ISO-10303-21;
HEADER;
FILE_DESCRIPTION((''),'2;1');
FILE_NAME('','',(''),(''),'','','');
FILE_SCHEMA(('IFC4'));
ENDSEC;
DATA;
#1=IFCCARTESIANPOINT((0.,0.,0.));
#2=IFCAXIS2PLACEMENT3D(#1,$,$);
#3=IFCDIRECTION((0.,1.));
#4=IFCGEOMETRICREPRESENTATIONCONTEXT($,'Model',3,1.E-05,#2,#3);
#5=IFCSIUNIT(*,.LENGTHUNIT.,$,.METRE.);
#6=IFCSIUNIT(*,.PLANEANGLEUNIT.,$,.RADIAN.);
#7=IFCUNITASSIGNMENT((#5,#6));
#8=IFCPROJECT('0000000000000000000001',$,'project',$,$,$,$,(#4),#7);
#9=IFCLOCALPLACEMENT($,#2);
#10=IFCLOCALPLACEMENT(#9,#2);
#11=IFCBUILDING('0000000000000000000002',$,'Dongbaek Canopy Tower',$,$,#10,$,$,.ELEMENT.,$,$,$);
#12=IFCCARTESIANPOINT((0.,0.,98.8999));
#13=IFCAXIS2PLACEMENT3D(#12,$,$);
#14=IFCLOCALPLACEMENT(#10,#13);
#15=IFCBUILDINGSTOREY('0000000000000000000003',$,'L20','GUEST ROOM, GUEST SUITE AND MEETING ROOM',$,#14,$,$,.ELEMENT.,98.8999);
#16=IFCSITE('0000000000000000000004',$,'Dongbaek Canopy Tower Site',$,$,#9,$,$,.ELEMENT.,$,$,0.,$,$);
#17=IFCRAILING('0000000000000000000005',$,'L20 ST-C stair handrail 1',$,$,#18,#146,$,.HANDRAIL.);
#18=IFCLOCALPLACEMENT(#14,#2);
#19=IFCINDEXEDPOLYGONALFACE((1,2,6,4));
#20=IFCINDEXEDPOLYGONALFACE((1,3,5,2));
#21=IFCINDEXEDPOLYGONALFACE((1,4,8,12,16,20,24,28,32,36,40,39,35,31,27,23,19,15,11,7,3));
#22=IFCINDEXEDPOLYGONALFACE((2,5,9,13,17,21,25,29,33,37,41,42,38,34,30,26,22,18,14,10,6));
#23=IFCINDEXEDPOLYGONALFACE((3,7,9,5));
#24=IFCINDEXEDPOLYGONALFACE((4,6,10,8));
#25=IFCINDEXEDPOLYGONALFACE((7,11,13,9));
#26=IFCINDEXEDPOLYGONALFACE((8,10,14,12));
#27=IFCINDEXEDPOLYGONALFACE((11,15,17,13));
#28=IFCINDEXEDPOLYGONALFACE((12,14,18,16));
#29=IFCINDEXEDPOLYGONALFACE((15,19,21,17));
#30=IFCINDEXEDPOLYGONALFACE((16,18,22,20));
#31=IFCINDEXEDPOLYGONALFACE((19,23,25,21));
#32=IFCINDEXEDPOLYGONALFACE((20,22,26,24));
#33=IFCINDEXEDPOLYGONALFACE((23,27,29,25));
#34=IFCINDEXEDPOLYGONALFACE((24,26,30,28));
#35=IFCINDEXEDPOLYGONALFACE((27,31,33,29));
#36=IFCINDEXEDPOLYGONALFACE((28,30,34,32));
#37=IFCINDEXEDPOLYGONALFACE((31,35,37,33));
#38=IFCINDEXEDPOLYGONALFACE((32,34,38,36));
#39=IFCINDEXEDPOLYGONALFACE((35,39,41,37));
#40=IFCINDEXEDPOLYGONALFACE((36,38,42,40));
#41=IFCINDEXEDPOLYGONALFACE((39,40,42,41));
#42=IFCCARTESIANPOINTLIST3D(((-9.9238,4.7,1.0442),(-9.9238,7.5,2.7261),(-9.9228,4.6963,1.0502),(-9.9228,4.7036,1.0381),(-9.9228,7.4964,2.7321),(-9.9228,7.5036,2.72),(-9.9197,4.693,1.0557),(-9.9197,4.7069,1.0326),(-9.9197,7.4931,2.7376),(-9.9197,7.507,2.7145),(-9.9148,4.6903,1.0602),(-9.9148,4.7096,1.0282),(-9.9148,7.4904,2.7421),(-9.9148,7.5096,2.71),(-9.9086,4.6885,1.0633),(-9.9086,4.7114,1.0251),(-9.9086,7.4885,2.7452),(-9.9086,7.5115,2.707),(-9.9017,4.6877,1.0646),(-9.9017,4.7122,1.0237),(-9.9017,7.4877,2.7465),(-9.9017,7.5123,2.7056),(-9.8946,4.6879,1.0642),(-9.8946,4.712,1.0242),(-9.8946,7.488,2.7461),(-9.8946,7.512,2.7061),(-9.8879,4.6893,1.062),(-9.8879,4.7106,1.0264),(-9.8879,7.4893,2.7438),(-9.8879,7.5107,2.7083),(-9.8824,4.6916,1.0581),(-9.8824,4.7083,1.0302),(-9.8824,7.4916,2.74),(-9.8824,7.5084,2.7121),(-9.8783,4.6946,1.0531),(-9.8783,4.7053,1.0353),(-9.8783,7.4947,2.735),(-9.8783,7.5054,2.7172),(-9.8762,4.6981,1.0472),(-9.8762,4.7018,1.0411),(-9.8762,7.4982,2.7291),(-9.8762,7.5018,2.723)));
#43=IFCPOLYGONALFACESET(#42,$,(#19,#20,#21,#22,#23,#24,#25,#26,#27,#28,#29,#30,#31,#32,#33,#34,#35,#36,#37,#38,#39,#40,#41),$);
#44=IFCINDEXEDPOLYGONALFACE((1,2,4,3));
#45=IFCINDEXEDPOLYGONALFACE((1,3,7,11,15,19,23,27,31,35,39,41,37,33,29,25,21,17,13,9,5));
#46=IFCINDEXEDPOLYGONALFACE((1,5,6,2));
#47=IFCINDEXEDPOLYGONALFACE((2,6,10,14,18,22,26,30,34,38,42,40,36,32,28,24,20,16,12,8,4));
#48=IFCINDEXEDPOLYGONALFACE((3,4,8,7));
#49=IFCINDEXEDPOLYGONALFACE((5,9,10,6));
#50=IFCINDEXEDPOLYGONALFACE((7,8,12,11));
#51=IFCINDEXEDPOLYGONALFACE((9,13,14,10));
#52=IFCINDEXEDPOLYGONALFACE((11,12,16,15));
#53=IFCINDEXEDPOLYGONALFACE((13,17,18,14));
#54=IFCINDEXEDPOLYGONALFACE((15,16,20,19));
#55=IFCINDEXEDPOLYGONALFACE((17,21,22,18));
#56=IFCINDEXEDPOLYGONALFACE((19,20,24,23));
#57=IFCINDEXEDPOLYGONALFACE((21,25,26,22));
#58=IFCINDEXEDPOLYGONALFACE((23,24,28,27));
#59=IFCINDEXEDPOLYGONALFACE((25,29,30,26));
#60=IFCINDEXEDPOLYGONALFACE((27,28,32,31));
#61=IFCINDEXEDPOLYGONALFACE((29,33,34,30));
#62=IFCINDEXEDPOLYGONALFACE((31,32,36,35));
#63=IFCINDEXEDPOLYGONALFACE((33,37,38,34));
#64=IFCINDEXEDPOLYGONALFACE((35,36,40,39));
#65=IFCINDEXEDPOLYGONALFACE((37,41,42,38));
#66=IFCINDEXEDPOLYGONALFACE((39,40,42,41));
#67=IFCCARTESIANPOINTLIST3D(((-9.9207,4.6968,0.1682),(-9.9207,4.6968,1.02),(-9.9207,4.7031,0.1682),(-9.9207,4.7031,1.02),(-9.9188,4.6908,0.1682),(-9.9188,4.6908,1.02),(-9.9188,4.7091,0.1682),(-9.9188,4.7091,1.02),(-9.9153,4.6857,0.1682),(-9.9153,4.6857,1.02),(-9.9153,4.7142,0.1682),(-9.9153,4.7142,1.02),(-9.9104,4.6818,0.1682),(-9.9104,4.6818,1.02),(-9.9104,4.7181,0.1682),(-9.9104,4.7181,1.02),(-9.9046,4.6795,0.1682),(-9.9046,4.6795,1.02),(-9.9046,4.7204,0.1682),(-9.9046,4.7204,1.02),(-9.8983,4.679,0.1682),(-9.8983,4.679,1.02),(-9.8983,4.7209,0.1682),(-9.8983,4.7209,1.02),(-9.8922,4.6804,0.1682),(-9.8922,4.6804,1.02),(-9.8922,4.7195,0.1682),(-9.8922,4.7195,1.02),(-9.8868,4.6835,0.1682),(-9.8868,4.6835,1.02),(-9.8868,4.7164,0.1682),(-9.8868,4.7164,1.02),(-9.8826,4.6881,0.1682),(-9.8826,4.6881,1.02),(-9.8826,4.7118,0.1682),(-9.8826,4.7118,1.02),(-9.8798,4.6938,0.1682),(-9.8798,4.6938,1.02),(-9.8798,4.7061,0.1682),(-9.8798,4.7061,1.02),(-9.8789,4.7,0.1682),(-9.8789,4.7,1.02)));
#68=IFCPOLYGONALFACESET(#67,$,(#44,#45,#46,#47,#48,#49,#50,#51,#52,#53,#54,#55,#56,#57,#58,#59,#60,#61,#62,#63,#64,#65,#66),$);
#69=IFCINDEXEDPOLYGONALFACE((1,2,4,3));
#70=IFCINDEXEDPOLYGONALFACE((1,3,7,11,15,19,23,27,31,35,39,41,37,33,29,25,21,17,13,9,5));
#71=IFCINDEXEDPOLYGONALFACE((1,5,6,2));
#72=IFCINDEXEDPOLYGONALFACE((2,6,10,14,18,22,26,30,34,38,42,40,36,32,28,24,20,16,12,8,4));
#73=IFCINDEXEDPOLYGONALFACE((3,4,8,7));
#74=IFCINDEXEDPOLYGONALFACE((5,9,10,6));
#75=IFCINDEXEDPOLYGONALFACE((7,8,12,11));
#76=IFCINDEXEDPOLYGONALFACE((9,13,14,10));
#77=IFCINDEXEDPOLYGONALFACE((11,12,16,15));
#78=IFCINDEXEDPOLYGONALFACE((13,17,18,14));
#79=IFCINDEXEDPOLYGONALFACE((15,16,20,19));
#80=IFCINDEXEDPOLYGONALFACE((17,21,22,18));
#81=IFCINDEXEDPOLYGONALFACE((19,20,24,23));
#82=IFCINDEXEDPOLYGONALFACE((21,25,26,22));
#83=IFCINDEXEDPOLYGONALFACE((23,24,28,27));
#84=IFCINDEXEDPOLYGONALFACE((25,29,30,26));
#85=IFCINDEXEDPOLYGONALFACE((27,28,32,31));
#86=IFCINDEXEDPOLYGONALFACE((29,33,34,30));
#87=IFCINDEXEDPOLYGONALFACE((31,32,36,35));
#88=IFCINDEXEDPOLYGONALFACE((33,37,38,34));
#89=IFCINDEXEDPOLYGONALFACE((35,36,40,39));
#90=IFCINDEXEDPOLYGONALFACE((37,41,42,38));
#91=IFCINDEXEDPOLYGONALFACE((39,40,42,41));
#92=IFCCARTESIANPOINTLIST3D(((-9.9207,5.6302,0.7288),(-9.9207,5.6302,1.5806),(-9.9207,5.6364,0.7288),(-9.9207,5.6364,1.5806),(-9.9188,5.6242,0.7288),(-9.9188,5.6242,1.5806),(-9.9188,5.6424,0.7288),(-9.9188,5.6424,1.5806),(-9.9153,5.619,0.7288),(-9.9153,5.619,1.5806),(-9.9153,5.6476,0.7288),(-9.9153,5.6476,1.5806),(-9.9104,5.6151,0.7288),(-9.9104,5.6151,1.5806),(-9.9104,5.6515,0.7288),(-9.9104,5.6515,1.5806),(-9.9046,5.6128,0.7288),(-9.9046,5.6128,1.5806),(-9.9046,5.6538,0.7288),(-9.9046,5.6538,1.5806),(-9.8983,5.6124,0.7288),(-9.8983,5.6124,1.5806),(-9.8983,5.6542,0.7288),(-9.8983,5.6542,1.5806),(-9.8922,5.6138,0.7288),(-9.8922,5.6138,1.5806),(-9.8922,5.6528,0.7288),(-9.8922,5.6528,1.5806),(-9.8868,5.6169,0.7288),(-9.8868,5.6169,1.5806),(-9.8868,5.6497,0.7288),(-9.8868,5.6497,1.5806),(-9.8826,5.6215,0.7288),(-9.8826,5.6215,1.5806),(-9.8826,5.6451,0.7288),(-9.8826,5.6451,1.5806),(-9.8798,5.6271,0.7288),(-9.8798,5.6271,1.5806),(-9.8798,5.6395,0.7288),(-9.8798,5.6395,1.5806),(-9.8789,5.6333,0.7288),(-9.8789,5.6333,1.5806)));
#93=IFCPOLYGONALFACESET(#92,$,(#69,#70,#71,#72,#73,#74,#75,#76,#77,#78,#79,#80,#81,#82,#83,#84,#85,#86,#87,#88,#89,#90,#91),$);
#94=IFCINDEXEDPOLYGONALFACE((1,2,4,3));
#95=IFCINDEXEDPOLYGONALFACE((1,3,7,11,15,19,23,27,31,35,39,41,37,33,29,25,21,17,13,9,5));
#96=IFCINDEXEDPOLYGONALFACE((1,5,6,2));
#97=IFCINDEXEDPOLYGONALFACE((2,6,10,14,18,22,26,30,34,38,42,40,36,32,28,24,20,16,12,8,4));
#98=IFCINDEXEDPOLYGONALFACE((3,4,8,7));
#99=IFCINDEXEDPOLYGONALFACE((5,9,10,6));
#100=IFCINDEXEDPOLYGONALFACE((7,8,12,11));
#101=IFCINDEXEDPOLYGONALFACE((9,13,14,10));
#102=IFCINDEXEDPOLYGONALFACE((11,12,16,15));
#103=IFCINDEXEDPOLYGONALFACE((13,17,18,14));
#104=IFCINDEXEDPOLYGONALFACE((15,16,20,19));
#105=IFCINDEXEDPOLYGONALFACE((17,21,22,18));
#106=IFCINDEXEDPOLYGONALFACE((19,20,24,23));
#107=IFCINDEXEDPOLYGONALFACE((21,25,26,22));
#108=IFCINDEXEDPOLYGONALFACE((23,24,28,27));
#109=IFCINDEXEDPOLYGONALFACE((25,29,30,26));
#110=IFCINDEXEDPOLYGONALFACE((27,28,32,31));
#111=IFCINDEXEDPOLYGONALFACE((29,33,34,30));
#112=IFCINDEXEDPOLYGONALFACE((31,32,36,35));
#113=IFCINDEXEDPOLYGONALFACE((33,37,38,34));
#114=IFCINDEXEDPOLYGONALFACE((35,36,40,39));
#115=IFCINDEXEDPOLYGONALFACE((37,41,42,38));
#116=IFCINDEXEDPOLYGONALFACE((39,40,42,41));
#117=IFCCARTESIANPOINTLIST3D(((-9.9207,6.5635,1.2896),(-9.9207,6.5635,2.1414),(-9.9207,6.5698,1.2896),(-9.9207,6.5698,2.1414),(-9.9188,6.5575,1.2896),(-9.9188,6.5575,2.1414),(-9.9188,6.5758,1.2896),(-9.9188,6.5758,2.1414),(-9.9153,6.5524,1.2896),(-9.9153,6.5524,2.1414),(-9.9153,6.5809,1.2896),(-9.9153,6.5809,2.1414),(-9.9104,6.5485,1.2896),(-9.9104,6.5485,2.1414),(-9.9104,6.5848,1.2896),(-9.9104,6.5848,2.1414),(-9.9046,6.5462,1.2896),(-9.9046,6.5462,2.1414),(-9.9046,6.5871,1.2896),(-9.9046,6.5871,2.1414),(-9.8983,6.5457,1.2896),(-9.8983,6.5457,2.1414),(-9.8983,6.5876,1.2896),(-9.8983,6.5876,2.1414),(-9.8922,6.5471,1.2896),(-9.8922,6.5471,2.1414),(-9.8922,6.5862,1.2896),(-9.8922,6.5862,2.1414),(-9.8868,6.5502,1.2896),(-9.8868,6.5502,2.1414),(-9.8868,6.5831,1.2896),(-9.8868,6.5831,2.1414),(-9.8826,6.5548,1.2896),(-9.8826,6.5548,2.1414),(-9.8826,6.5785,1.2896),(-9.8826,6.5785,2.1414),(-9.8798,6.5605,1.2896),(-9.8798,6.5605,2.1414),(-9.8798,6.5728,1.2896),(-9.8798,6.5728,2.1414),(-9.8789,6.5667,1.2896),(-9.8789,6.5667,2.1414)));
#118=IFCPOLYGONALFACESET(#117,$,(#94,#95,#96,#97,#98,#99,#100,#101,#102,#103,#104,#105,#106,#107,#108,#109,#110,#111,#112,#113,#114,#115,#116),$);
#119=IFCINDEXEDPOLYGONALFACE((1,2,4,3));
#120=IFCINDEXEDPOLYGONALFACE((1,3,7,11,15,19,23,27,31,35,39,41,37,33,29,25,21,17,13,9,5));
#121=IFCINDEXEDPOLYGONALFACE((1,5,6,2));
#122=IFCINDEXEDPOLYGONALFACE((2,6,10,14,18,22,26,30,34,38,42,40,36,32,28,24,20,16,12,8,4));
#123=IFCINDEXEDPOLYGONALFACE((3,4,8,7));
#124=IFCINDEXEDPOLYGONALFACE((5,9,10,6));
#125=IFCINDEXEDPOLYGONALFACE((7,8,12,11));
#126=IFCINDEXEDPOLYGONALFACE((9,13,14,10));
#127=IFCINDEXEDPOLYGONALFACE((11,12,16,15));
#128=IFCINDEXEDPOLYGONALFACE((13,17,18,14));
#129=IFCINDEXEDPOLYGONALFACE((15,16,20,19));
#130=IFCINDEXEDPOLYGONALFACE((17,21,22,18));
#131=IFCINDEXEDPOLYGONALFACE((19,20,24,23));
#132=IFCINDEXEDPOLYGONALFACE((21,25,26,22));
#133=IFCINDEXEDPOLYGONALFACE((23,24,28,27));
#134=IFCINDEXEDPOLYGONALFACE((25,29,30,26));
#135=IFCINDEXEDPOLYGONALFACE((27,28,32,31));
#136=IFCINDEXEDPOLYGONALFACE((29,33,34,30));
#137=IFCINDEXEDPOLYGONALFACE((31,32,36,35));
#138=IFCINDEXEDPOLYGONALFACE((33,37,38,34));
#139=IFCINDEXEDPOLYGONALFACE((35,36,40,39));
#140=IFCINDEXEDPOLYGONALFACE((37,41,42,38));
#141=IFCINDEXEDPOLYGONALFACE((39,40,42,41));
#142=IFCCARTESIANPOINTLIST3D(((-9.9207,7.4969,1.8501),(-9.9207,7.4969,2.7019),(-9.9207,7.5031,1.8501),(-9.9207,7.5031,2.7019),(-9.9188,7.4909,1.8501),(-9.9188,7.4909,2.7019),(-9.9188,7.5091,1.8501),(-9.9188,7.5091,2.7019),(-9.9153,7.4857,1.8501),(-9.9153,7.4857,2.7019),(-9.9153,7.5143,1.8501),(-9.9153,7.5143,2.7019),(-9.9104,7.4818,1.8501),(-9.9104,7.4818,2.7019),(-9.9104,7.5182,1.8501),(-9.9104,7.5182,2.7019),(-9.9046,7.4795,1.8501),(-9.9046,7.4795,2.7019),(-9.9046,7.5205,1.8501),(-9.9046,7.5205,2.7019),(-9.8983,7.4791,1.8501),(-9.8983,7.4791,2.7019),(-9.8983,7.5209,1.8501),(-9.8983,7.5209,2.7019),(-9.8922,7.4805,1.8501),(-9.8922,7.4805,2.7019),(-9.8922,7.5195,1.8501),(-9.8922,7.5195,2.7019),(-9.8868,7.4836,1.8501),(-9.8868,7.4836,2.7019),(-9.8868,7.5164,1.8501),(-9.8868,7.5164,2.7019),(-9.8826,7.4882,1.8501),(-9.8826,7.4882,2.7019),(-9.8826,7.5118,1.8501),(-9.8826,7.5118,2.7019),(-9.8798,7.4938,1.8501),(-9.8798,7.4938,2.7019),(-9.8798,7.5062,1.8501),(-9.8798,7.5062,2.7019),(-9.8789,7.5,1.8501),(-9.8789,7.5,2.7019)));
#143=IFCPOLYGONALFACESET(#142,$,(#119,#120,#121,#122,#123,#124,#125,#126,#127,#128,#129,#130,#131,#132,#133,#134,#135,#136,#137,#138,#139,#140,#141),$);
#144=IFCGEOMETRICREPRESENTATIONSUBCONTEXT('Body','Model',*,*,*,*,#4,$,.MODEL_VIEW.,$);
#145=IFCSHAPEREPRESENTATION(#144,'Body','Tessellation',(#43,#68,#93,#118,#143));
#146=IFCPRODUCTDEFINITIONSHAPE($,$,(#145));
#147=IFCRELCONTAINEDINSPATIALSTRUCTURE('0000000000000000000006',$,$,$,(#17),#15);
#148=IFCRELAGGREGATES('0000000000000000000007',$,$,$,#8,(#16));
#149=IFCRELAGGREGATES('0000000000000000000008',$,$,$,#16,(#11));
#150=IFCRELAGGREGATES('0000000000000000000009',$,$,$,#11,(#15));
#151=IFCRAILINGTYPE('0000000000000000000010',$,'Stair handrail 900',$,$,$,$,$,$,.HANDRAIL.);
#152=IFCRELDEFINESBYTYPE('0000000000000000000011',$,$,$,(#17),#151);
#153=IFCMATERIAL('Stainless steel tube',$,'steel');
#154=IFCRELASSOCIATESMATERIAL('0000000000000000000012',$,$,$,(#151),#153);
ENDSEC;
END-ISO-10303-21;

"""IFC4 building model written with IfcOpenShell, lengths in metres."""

from ifc_helpers import new_model, si_unit, direction, frame, origin, origin_2d, place, context, subcontext, project, spatial, circle, extrude, material, type_object, element, save


model = new_model("IFC4")

# Units and contexts
model_context = context("Model", 3, precision=1e-05, world=origin(), true_north=direction((0.0, 1.0)))
body_context = subcontext(model_context, "Body", "Model", "MODEL_VIEW")
ifc_project = project(units=[si_unit("LENGTHUNIT", "METRE"), si_unit("PLANEANGLEUNIT", "RADIAN")], contexts=[model_context])

# Site, building, storey
site_placement = place(None, origin())
site = spatial("IfcSite", under=ifc_project, at=site_placement, Name="Dongbaek Canopy Tower Site", CompositionType="ELEMENT", RefElevation=0.0)
building_placement = place(site_placement, origin())
building = spatial("IfcBuilding", under=site, at=building_placement, Name="Dongbaek Canopy Tower", CompositionType="ELEMENT")
storey_placement = place(building_placement, frame((0.0, 0.0, 98.8999)))
storey = spatial("IfcBuildingStorey", under=building, at=storey_placement, Name="L20", Description="GUEST ROOM, GUEST SUITE AND MEETING ROOM", CompositionType="ELEMENT", Elevation=98.8999)

# Railing
ifc_material_1 = material(Name="Stainless steel tube", Category="steel")
railing_type_1 = type_object("IfcRailingType", Name="Stair handrail 900", PredefinedType="HANDRAIL", material=ifc_material_1)
railing_1_placement = place(storey_placement, frame((-9.8999, 4.7, 0.1682)))
element("IfcRailing", 1, at=railing_1_placement, inside=storey, type_object=railing_type_1, Name="L20 ST-C stair handrail 1", PredefinedType="HANDRAIL", context=body_context, shape_type="SweptSolid", body=[
    extrude(circle(Radius=0.0239, at=origin_2d()), frame((0.0, 0.0, 0.876), z_axis=(0.0, 0.857242, 0.514913), x_axis=(-1.0, 0.0, 0.0)), (0.0, 0.0, 1.0), 3.2664),
    extrude(circle(Radius=0.021, at=origin_2d()), origin(), (0.0, 0.0, 1.0), 0.8518),
    extrude(circle(Radius=0.021, at=origin_2d()), frame((0.0, 0.9333, 0.5605)), (0.0, 0.0, 1.0), 0.8518),
    extrude(circle(Radius=0.021, at=origin_2d()), frame((0.0, 1.8667, 1.1213)), (0.0, 0.0, 1.0), 0.8518),
    extrude(circle(Radius=0.021, at=origin_2d()), frame((0.0, 2.8, 1.6819)), (0.0, 0.0, 1.0), 0.8518),
])

save(model, "model.ifc")
